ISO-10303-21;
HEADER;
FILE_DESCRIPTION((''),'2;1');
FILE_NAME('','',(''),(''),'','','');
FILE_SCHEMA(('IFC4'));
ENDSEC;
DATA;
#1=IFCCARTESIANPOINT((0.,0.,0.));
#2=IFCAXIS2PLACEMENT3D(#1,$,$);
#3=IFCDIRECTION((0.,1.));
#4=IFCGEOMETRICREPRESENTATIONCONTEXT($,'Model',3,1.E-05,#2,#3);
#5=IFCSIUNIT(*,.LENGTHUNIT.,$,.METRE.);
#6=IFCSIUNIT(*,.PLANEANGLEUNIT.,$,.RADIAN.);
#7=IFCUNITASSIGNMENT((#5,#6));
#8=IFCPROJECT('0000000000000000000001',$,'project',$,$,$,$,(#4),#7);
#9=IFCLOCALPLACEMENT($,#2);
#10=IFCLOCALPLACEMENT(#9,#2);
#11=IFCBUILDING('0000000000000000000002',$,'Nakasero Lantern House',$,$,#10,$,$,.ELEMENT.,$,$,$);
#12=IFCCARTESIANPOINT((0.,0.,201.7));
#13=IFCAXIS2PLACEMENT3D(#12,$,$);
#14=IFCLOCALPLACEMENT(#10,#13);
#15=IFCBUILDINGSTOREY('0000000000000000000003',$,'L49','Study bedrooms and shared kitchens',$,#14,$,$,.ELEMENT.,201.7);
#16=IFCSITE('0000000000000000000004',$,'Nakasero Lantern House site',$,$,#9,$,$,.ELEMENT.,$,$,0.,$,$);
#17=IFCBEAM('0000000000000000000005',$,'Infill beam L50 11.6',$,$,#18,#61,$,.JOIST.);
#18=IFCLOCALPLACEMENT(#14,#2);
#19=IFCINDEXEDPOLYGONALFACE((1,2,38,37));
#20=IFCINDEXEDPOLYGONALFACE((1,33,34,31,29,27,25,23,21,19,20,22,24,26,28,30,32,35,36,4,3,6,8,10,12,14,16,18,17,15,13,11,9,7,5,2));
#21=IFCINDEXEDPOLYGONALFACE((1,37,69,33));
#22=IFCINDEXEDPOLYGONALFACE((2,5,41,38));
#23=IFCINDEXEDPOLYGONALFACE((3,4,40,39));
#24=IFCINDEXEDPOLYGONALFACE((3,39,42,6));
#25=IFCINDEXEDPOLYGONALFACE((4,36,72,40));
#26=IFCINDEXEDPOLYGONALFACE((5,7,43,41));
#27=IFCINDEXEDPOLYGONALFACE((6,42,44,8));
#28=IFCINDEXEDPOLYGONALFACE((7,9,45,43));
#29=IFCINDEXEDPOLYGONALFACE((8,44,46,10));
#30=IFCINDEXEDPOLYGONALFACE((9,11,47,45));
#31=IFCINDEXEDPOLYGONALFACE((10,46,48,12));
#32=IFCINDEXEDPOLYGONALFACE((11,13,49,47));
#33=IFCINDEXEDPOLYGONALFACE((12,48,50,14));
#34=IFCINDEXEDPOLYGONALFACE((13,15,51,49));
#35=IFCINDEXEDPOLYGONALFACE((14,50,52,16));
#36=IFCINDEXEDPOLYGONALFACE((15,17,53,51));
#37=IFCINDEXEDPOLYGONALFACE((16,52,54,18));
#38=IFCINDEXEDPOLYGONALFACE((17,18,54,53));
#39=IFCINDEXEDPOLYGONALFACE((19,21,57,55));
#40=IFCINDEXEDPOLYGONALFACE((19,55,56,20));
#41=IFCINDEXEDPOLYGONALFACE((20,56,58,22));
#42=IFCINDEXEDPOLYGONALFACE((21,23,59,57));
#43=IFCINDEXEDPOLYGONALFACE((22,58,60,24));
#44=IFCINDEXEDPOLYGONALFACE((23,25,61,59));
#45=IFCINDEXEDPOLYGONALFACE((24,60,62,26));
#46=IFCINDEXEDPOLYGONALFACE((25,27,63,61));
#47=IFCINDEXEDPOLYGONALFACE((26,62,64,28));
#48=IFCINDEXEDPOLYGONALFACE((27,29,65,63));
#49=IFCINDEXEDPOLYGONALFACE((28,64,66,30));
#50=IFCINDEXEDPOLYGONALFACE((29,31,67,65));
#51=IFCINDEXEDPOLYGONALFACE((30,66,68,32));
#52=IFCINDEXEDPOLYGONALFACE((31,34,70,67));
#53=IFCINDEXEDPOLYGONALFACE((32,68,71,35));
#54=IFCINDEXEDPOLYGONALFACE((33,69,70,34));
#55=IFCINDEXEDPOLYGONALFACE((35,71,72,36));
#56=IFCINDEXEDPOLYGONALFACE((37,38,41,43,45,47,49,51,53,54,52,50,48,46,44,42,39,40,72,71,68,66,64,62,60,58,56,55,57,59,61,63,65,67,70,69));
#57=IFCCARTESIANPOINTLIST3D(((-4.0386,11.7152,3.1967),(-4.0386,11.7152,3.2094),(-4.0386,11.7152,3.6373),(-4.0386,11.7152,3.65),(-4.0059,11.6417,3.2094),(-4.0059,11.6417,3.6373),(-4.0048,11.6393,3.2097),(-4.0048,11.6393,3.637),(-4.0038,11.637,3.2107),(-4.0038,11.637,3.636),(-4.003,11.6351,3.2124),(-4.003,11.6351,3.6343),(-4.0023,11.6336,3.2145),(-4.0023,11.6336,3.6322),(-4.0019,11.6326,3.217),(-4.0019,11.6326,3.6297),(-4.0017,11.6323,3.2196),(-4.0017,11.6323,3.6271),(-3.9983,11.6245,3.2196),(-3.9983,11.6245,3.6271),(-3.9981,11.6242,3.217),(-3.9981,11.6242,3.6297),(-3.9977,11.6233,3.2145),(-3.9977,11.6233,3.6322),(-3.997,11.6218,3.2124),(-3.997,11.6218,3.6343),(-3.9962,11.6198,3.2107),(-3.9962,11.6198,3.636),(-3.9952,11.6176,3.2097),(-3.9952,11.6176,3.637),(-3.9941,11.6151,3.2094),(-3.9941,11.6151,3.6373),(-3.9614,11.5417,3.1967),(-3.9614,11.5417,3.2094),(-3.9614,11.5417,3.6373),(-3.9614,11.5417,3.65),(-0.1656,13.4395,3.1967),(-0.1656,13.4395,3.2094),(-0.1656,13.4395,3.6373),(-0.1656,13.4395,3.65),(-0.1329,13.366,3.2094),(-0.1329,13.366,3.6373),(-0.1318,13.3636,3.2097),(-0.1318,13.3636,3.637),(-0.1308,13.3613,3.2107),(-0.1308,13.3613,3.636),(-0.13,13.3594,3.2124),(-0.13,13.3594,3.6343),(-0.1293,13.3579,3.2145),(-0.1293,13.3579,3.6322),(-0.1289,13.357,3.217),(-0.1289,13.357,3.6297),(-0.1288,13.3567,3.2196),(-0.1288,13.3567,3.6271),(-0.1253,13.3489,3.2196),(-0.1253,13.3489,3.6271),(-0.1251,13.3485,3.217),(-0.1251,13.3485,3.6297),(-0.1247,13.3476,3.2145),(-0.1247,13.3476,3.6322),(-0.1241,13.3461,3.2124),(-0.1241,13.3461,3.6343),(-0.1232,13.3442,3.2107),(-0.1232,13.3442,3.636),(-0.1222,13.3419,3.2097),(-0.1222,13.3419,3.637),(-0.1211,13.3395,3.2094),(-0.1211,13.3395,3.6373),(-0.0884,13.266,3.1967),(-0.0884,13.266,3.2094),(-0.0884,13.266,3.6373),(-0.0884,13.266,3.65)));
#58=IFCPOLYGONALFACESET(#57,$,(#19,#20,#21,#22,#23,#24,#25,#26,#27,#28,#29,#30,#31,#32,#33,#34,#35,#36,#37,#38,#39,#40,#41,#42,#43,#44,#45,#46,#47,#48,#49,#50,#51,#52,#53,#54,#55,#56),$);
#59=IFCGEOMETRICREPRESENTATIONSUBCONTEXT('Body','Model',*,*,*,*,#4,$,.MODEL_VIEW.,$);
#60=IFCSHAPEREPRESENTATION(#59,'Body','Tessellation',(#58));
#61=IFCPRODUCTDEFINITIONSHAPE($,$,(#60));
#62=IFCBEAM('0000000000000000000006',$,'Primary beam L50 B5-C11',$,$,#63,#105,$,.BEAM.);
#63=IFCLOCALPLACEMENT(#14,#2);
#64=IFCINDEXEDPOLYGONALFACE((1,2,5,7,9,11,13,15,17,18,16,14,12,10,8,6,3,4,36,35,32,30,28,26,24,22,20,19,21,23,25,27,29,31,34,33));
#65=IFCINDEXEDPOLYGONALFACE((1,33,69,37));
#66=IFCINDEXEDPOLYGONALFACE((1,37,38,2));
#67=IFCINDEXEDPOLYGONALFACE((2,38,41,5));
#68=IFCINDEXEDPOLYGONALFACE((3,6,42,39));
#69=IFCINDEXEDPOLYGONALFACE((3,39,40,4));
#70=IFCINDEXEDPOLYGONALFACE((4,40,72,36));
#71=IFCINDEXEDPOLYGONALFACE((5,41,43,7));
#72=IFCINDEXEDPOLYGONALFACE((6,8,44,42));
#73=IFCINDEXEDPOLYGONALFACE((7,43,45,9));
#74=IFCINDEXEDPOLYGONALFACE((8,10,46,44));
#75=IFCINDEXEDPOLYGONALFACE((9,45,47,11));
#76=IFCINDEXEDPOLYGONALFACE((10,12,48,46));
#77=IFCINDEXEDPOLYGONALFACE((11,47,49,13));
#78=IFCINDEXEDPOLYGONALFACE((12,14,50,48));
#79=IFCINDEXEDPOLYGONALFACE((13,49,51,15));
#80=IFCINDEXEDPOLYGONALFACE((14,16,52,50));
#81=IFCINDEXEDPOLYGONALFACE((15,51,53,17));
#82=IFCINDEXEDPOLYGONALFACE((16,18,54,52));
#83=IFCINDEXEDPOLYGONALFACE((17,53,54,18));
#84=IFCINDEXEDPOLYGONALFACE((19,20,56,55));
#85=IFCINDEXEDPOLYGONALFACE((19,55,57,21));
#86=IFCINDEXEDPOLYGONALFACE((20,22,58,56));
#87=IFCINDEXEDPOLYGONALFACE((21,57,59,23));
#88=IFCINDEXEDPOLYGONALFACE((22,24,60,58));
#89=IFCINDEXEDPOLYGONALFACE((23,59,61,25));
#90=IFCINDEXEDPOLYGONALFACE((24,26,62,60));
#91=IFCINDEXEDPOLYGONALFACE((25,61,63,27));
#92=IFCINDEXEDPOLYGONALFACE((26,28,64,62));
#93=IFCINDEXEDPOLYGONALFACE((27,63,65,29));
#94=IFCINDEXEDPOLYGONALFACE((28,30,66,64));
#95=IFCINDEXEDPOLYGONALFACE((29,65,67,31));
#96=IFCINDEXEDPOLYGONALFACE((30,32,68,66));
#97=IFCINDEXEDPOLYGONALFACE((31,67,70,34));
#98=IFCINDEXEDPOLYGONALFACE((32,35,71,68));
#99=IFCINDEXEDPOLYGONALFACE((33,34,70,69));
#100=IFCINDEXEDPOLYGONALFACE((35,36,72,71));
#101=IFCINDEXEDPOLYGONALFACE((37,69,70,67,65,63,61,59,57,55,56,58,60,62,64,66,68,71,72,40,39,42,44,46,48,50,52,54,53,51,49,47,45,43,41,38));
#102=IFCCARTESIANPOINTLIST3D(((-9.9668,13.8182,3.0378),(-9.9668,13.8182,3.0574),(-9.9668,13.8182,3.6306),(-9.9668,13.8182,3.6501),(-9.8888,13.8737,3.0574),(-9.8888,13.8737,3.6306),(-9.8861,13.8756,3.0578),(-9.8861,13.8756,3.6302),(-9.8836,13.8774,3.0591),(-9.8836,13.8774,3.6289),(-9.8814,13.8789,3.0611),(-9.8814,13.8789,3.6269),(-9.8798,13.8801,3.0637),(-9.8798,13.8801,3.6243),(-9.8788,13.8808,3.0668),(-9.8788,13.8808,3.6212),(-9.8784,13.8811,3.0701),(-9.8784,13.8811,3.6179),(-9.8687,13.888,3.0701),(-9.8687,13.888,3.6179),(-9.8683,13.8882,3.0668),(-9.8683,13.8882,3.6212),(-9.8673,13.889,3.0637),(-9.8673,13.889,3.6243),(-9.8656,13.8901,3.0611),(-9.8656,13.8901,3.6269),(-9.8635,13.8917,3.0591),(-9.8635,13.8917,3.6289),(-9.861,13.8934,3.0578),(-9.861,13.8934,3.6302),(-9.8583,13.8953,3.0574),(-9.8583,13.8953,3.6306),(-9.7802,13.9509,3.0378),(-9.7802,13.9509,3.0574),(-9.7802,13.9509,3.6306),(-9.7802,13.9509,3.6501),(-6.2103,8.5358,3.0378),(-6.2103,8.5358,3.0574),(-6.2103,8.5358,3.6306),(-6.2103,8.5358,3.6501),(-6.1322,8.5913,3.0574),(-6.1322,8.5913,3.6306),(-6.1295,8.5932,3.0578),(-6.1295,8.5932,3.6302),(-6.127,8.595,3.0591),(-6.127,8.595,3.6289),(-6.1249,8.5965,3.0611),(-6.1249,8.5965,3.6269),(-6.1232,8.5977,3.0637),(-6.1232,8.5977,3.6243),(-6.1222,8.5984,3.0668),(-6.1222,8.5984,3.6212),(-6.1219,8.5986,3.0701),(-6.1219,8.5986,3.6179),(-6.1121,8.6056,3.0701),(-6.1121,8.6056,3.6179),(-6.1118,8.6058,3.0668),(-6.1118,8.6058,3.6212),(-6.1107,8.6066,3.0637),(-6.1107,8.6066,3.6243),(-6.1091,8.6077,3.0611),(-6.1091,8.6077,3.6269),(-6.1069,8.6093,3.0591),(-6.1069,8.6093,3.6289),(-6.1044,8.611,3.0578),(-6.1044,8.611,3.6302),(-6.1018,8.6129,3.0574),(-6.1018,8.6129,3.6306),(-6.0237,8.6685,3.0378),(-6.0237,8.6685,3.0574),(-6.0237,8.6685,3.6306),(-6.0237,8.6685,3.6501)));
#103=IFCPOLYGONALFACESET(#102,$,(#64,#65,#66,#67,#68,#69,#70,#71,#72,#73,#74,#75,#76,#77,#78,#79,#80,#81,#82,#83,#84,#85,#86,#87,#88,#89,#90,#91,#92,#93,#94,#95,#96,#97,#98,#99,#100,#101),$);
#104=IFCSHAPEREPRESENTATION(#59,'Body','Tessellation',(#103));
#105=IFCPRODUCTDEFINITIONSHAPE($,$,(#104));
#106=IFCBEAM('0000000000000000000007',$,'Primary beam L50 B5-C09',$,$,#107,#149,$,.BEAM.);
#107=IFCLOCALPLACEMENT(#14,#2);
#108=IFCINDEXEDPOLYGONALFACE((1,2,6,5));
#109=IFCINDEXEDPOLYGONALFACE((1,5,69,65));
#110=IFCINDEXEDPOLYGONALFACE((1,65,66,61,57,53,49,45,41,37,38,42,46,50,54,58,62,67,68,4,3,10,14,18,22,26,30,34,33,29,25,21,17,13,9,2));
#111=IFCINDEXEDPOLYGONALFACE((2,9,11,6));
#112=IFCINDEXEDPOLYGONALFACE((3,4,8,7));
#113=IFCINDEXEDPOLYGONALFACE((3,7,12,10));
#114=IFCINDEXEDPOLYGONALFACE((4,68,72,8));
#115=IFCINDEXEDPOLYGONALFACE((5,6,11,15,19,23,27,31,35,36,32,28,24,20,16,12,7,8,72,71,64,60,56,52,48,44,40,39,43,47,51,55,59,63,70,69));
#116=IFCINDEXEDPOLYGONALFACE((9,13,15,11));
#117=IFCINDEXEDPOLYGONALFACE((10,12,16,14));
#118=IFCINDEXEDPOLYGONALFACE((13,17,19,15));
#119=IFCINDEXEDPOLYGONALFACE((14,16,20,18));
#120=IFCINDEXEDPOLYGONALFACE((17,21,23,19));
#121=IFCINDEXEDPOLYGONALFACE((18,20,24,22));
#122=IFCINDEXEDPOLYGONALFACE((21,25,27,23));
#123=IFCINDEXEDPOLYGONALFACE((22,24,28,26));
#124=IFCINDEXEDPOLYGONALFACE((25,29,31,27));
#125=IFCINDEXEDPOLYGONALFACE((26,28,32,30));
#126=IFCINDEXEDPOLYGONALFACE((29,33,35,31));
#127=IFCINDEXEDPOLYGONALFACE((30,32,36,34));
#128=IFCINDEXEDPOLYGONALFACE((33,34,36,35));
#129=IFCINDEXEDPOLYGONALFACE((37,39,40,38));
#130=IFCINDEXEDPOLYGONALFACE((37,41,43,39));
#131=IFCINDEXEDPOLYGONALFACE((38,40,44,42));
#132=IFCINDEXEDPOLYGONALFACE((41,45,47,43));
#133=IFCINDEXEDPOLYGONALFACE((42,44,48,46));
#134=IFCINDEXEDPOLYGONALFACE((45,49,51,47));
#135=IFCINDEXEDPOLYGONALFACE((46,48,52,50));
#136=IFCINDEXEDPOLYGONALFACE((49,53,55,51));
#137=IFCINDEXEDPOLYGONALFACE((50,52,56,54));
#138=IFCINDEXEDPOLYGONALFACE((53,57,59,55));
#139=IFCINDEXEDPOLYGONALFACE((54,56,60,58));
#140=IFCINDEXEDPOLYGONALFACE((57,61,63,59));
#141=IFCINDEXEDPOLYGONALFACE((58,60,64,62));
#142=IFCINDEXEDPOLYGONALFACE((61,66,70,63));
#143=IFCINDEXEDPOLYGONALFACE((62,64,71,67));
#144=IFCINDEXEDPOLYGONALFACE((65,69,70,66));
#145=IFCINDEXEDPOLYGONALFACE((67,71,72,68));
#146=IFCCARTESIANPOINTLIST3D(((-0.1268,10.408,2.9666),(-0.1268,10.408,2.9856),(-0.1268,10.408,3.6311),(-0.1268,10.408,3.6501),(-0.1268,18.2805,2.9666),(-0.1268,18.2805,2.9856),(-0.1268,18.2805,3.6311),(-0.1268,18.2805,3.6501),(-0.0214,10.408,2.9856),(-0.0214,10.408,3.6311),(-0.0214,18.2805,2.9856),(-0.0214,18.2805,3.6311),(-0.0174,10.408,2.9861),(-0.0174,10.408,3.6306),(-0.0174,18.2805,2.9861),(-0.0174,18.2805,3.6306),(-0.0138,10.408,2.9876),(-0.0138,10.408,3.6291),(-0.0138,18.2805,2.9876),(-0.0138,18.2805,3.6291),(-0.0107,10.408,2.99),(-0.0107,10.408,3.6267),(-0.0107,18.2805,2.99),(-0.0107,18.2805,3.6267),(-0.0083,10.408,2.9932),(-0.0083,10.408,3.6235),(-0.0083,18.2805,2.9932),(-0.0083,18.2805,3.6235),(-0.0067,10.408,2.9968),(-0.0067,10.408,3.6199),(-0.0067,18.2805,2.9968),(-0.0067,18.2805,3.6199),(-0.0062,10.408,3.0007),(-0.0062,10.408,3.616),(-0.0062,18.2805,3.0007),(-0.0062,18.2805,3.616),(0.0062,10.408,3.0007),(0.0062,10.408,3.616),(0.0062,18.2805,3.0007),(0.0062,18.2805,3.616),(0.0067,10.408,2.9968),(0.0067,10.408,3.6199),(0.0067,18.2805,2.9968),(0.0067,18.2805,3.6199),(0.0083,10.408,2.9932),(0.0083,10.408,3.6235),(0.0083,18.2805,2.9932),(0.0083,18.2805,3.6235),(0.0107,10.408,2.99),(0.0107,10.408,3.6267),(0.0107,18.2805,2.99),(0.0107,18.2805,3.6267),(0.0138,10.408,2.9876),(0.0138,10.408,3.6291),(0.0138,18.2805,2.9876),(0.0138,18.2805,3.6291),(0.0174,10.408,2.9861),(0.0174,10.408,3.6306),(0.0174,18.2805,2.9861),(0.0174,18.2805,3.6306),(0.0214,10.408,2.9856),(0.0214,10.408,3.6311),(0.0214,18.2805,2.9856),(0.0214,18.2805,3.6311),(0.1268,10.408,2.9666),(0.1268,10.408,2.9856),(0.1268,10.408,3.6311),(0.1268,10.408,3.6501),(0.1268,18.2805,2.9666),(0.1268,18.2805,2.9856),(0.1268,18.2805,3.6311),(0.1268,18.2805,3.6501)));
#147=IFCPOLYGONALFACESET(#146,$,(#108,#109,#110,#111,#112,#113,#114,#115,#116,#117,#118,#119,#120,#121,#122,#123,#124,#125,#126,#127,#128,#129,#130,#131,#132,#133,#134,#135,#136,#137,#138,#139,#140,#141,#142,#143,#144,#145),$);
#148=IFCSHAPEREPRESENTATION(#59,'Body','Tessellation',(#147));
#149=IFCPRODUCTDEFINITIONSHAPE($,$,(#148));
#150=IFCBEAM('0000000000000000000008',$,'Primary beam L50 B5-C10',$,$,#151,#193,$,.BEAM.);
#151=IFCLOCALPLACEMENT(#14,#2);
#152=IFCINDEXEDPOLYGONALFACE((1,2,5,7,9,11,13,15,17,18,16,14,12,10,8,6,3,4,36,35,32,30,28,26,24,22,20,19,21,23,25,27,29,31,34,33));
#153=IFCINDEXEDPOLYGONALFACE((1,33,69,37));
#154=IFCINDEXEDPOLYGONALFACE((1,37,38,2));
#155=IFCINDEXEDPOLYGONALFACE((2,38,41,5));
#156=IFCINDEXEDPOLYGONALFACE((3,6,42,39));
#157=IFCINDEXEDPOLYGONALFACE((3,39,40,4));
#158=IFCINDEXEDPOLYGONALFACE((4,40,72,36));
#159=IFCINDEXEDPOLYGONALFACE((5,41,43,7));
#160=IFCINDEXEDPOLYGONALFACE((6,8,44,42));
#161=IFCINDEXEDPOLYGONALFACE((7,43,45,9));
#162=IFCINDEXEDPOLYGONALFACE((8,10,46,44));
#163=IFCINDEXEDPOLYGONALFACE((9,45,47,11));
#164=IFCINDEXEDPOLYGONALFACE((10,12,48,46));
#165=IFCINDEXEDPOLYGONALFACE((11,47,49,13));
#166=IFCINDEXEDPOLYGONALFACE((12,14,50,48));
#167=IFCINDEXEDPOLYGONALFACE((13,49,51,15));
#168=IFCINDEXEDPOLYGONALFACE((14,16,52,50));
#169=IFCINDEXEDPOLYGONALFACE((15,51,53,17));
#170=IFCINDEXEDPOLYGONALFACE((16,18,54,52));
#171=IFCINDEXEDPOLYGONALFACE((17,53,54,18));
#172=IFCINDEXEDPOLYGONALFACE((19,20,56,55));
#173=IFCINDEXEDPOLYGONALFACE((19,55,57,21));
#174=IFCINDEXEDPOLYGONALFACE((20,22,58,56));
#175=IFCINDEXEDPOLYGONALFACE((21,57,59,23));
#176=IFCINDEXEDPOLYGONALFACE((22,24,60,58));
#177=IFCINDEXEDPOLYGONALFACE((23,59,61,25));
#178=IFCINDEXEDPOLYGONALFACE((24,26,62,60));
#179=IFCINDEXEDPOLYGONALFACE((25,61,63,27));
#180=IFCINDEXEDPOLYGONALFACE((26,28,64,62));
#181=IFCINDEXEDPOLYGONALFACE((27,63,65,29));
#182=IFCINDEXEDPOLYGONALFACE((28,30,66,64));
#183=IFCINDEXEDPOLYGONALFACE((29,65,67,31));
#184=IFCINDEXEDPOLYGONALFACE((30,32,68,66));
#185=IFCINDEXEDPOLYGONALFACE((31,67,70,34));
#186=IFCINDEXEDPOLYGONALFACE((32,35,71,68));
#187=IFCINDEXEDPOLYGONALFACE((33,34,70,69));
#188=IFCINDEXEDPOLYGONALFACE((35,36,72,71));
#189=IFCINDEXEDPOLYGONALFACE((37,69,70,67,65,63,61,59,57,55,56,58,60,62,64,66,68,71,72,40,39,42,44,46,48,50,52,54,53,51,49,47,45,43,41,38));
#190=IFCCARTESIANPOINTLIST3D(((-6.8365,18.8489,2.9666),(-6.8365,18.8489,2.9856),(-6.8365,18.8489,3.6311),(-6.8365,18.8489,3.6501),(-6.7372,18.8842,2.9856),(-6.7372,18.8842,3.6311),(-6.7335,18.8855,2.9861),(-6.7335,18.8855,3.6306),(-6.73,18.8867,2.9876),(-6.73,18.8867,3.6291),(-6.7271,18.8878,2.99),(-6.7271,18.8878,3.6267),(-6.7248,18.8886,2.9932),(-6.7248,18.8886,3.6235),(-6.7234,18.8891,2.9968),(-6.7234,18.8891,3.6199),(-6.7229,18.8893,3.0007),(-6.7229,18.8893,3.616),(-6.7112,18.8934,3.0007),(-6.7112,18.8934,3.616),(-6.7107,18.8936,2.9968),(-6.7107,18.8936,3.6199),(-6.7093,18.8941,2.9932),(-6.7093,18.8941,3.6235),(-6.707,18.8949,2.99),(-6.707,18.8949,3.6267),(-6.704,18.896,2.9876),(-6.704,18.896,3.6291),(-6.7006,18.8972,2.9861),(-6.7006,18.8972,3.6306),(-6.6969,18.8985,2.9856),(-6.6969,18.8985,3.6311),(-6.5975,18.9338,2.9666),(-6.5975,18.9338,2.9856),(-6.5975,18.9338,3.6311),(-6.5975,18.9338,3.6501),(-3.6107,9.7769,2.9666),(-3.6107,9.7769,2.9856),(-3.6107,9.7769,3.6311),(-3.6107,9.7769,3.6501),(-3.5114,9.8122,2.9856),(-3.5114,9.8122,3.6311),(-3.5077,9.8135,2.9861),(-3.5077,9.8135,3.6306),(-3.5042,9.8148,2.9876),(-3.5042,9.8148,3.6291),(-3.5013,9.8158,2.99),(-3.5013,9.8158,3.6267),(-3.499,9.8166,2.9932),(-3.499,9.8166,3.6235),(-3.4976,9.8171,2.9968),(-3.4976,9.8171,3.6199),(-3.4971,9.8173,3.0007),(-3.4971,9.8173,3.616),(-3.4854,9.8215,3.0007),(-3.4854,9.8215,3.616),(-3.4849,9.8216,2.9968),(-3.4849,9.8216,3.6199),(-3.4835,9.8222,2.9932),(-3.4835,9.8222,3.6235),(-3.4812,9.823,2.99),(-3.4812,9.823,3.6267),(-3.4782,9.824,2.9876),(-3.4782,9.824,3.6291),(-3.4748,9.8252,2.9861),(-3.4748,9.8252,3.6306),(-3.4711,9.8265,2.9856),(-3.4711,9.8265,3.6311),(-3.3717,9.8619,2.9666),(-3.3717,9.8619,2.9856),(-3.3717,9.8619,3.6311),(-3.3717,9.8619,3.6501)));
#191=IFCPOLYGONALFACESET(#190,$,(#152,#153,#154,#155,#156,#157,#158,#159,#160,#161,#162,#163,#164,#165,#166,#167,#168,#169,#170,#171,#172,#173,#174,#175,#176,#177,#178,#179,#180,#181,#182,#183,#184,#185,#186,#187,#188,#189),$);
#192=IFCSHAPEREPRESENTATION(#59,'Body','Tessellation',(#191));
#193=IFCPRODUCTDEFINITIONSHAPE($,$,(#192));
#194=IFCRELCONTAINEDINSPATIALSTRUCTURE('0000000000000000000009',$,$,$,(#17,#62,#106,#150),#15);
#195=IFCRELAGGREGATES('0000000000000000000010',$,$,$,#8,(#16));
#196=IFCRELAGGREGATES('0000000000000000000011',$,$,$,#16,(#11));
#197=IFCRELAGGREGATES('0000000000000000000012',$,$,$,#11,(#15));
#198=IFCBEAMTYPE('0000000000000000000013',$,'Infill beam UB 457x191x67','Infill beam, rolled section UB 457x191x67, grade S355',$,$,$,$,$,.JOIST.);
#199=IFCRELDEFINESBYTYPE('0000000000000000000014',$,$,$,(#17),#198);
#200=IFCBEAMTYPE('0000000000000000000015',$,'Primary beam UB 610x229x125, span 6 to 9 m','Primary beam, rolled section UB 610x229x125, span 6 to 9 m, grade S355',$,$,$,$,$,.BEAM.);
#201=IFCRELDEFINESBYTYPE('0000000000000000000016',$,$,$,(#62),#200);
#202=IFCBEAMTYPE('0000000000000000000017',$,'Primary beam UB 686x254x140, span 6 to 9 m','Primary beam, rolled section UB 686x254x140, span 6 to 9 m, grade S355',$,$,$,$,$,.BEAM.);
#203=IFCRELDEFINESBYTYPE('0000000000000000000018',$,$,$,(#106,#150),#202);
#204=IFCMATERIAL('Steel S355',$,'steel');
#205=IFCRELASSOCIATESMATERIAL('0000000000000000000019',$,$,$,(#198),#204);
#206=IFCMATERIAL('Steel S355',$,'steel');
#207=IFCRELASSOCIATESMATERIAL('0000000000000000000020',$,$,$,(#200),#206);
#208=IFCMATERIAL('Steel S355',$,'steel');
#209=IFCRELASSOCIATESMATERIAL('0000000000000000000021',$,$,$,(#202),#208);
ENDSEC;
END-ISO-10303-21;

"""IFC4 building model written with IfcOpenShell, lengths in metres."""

from ifc_helpers import new_model, si_unit, direction, frame, origin, origin_2d, place, context, subcontext, project, spatial, i_section, extrude, material, material_profile, profile_set, type_object, element, save


model = new_model("IFC4")

# Units and contexts
model_context = context("Model", 3, precision=1e-05, world=origin(), true_north=direction((0.0, 1.0)))
body_context = subcontext(model_context, "Body", "Model", "MODEL_VIEW")
ifc_project = project(units=[si_unit("LENGTHUNIT", "METRE"), si_unit("PLANEANGLEUNIT", "RADIAN")], contexts=[model_context])

# Site, building, storey
site_placement = place(None, origin())
site = spatial("IfcSite", under=ifc_project, at=site_placement, Name="Nakasero Lantern House site", CompositionType="ELEMENT", RefElevation=0.0)
building_placement = place(site_placement, origin())
building = spatial("IfcBuilding", under=site, at=building_placement, Name="Nakasero Lantern House", CompositionType="ELEMENT")
storey_placement = place(building_placement, frame((0.0, 0.0, 201.7)))
storey = spatial("IfcBuildingStorey", under=building, at=storey_placement, Name="L49", Description="Study bedrooms and shared kitchens", CompositionType="ELEMENT", Elevation=201.7)

# Beams
ifc_material_1 = material(Name="Steel S355", Category="steel")
ifc_material_profile_1 = material_profile(ifc_material_1, i_section(OverallWidth=0.1899, OverallDepth=0.4534, WebThickness=0.0085, FlangeThickness=0.0127, FilletRadius=0.0103, at=origin_2d()), Name="UB 457x191x67")
ifc_profile_set_1 = profile_set([ifc_material_profile_1], Name="Steel S355")
beam_type_1 = type_object("IfcBeamType", Name="Infill beam UB 457x191x67", Description="Infill beam, rolled section UB 457x191x67, grade S355", PredefinedType="JOIST", material=ifc_profile_set_1)
beam_1_placement = place(storey_placement, frame((-4.0, 11.6284, 3.4233), z_axis=(0.913548, 0.406731, 0.0), x_axis=(-0.406731, 0.913548, 0.0)))
element("IfcBeam", 1, at=beam_1_placement, inside=storey, type_object=beam_type_1, Name="Infill beam L50 11.6", PredefinedType="JOIST", context=body_context, shape_type="SweptSolid", body=[
    extrude(i_section(OverallWidth=0.1899, OverallDepth=0.4534, WebThickness=0.0085, FlangeThickness=0.0127, FilletRadius=0.0103, at=origin_2d()), origin(), (0.0, 0.0, 1.0), 4.2395),
])
ifc_material_2 = material(Name="Steel S355", Category="steel")
ifc_material_profile_2 = material_profile(ifc_material_2, i_section(OverallWidth=0.229, OverallDepth=0.6123, WebThickness=0.012, FlangeThickness=0.0195, FilletRadius=0.0127, at=origin_2d()), Name="UB 610x229x125")
ifc_profile_set_2 = profile_set([ifc_material_profile_2], Name="Steel S355")
beam_type_2 = type_object("IfcBeamType", Name="Primary beam UB 610x229x125, span 6 to 9 m", Description="Primary beam, rolled section UB 610x229x125, span 6 to 9 m, grade S355", PredefinedType="BEAM", material=ifc_profile_set_2)
beam_2_placement = place(storey_placement, frame((-9.8735, 13.8845, 3.344), z_axis=(0.579541, -0.814943, 0.0), x_axis=(0.814943, 0.579541, 0.0)))
element("IfcBeam", 2, at=beam_2_placement, inside=storey, type_object=beam_type_2, Name="Primary beam L50 B5-C11", PredefinedType="BEAM", context=body_context, shape_type="SweptSolid", body=[
    extrude(i_section(OverallWidth=0.229, OverallDepth=0.6123, WebThickness=0.012, FlangeThickness=0.0195, FilletRadius=0.0127, at=origin_2d()), origin(), (0.0, 0.0, 1.0), 6.4819),
])
ifc_material_3 = material(Name="Steel S355", Category="steel")
ifc_material_profile_3 = material_profile(ifc_material_3, i_section(OverallWidth=0.2537, OverallDepth=0.6836, WebThickness=0.0125, FlangeThickness=0.019, FilletRadius=0.0151, at=origin_2d()), Name="UB 686x254x140")
ifc_profile_set_3 = profile_set([ifc_material_profile_3], Name="Steel S355")
beam_type_3 = type_object("IfcBeamType", Name="Primary beam UB 686x254x140, span 6 to 9 m", Description="Primary beam, rolled section UB 686x254x140, span 6 to 9 m, grade S355", PredefinedType="BEAM", material=ifc_profile_set_3)
beam_3_placement = place(storey_placement, frame((0.0, 18.2805, 3.3083), z_axis=(0.0, -1.0, 0.0), x_axis=(1.0, 0.0, 0.0)))
element("IfcBeam", 3, at=beam_3_placement, inside=storey, type_object=beam_type_3, Name="Primary beam L50 B5-C09", PredefinedType="BEAM", context=body_context, shape_type="SweptSolid", body=[
    extrude(i_section(OverallWidth=0.2537, OverallDepth=0.6836, WebThickness=0.0125, FlangeThickness=0.019, FilletRadius=0.0151, at=origin_2d()), origin(), (0.0, 0.0, 1.0), 7.8726),
])
beam_4_placement = place(storey_placement, frame((-6.717, 18.8914, 3.3083), z_axis=(0.33503, -0.942207, 0.0), x_axis=(0.942207, 0.33503, 0.0)))
element("IfcBeam", 4, at=beam_4_placement, inside=storey, type_object=beam_type_3, Name="Primary beam L50 B5-C10", PredefinedType="BEAM", context=body_context, shape_type="SweptSolid", body=[
    extrude(i_section(OverallWidth=0.2537, OverallDepth=0.6836, WebThickness=0.0125, FlangeThickness=0.019, FilletRadius=0.0151, at=origin_2d()), origin(), (0.0, 0.0, 1.0), 9.6284),
])

save(model, "model.ifc")
